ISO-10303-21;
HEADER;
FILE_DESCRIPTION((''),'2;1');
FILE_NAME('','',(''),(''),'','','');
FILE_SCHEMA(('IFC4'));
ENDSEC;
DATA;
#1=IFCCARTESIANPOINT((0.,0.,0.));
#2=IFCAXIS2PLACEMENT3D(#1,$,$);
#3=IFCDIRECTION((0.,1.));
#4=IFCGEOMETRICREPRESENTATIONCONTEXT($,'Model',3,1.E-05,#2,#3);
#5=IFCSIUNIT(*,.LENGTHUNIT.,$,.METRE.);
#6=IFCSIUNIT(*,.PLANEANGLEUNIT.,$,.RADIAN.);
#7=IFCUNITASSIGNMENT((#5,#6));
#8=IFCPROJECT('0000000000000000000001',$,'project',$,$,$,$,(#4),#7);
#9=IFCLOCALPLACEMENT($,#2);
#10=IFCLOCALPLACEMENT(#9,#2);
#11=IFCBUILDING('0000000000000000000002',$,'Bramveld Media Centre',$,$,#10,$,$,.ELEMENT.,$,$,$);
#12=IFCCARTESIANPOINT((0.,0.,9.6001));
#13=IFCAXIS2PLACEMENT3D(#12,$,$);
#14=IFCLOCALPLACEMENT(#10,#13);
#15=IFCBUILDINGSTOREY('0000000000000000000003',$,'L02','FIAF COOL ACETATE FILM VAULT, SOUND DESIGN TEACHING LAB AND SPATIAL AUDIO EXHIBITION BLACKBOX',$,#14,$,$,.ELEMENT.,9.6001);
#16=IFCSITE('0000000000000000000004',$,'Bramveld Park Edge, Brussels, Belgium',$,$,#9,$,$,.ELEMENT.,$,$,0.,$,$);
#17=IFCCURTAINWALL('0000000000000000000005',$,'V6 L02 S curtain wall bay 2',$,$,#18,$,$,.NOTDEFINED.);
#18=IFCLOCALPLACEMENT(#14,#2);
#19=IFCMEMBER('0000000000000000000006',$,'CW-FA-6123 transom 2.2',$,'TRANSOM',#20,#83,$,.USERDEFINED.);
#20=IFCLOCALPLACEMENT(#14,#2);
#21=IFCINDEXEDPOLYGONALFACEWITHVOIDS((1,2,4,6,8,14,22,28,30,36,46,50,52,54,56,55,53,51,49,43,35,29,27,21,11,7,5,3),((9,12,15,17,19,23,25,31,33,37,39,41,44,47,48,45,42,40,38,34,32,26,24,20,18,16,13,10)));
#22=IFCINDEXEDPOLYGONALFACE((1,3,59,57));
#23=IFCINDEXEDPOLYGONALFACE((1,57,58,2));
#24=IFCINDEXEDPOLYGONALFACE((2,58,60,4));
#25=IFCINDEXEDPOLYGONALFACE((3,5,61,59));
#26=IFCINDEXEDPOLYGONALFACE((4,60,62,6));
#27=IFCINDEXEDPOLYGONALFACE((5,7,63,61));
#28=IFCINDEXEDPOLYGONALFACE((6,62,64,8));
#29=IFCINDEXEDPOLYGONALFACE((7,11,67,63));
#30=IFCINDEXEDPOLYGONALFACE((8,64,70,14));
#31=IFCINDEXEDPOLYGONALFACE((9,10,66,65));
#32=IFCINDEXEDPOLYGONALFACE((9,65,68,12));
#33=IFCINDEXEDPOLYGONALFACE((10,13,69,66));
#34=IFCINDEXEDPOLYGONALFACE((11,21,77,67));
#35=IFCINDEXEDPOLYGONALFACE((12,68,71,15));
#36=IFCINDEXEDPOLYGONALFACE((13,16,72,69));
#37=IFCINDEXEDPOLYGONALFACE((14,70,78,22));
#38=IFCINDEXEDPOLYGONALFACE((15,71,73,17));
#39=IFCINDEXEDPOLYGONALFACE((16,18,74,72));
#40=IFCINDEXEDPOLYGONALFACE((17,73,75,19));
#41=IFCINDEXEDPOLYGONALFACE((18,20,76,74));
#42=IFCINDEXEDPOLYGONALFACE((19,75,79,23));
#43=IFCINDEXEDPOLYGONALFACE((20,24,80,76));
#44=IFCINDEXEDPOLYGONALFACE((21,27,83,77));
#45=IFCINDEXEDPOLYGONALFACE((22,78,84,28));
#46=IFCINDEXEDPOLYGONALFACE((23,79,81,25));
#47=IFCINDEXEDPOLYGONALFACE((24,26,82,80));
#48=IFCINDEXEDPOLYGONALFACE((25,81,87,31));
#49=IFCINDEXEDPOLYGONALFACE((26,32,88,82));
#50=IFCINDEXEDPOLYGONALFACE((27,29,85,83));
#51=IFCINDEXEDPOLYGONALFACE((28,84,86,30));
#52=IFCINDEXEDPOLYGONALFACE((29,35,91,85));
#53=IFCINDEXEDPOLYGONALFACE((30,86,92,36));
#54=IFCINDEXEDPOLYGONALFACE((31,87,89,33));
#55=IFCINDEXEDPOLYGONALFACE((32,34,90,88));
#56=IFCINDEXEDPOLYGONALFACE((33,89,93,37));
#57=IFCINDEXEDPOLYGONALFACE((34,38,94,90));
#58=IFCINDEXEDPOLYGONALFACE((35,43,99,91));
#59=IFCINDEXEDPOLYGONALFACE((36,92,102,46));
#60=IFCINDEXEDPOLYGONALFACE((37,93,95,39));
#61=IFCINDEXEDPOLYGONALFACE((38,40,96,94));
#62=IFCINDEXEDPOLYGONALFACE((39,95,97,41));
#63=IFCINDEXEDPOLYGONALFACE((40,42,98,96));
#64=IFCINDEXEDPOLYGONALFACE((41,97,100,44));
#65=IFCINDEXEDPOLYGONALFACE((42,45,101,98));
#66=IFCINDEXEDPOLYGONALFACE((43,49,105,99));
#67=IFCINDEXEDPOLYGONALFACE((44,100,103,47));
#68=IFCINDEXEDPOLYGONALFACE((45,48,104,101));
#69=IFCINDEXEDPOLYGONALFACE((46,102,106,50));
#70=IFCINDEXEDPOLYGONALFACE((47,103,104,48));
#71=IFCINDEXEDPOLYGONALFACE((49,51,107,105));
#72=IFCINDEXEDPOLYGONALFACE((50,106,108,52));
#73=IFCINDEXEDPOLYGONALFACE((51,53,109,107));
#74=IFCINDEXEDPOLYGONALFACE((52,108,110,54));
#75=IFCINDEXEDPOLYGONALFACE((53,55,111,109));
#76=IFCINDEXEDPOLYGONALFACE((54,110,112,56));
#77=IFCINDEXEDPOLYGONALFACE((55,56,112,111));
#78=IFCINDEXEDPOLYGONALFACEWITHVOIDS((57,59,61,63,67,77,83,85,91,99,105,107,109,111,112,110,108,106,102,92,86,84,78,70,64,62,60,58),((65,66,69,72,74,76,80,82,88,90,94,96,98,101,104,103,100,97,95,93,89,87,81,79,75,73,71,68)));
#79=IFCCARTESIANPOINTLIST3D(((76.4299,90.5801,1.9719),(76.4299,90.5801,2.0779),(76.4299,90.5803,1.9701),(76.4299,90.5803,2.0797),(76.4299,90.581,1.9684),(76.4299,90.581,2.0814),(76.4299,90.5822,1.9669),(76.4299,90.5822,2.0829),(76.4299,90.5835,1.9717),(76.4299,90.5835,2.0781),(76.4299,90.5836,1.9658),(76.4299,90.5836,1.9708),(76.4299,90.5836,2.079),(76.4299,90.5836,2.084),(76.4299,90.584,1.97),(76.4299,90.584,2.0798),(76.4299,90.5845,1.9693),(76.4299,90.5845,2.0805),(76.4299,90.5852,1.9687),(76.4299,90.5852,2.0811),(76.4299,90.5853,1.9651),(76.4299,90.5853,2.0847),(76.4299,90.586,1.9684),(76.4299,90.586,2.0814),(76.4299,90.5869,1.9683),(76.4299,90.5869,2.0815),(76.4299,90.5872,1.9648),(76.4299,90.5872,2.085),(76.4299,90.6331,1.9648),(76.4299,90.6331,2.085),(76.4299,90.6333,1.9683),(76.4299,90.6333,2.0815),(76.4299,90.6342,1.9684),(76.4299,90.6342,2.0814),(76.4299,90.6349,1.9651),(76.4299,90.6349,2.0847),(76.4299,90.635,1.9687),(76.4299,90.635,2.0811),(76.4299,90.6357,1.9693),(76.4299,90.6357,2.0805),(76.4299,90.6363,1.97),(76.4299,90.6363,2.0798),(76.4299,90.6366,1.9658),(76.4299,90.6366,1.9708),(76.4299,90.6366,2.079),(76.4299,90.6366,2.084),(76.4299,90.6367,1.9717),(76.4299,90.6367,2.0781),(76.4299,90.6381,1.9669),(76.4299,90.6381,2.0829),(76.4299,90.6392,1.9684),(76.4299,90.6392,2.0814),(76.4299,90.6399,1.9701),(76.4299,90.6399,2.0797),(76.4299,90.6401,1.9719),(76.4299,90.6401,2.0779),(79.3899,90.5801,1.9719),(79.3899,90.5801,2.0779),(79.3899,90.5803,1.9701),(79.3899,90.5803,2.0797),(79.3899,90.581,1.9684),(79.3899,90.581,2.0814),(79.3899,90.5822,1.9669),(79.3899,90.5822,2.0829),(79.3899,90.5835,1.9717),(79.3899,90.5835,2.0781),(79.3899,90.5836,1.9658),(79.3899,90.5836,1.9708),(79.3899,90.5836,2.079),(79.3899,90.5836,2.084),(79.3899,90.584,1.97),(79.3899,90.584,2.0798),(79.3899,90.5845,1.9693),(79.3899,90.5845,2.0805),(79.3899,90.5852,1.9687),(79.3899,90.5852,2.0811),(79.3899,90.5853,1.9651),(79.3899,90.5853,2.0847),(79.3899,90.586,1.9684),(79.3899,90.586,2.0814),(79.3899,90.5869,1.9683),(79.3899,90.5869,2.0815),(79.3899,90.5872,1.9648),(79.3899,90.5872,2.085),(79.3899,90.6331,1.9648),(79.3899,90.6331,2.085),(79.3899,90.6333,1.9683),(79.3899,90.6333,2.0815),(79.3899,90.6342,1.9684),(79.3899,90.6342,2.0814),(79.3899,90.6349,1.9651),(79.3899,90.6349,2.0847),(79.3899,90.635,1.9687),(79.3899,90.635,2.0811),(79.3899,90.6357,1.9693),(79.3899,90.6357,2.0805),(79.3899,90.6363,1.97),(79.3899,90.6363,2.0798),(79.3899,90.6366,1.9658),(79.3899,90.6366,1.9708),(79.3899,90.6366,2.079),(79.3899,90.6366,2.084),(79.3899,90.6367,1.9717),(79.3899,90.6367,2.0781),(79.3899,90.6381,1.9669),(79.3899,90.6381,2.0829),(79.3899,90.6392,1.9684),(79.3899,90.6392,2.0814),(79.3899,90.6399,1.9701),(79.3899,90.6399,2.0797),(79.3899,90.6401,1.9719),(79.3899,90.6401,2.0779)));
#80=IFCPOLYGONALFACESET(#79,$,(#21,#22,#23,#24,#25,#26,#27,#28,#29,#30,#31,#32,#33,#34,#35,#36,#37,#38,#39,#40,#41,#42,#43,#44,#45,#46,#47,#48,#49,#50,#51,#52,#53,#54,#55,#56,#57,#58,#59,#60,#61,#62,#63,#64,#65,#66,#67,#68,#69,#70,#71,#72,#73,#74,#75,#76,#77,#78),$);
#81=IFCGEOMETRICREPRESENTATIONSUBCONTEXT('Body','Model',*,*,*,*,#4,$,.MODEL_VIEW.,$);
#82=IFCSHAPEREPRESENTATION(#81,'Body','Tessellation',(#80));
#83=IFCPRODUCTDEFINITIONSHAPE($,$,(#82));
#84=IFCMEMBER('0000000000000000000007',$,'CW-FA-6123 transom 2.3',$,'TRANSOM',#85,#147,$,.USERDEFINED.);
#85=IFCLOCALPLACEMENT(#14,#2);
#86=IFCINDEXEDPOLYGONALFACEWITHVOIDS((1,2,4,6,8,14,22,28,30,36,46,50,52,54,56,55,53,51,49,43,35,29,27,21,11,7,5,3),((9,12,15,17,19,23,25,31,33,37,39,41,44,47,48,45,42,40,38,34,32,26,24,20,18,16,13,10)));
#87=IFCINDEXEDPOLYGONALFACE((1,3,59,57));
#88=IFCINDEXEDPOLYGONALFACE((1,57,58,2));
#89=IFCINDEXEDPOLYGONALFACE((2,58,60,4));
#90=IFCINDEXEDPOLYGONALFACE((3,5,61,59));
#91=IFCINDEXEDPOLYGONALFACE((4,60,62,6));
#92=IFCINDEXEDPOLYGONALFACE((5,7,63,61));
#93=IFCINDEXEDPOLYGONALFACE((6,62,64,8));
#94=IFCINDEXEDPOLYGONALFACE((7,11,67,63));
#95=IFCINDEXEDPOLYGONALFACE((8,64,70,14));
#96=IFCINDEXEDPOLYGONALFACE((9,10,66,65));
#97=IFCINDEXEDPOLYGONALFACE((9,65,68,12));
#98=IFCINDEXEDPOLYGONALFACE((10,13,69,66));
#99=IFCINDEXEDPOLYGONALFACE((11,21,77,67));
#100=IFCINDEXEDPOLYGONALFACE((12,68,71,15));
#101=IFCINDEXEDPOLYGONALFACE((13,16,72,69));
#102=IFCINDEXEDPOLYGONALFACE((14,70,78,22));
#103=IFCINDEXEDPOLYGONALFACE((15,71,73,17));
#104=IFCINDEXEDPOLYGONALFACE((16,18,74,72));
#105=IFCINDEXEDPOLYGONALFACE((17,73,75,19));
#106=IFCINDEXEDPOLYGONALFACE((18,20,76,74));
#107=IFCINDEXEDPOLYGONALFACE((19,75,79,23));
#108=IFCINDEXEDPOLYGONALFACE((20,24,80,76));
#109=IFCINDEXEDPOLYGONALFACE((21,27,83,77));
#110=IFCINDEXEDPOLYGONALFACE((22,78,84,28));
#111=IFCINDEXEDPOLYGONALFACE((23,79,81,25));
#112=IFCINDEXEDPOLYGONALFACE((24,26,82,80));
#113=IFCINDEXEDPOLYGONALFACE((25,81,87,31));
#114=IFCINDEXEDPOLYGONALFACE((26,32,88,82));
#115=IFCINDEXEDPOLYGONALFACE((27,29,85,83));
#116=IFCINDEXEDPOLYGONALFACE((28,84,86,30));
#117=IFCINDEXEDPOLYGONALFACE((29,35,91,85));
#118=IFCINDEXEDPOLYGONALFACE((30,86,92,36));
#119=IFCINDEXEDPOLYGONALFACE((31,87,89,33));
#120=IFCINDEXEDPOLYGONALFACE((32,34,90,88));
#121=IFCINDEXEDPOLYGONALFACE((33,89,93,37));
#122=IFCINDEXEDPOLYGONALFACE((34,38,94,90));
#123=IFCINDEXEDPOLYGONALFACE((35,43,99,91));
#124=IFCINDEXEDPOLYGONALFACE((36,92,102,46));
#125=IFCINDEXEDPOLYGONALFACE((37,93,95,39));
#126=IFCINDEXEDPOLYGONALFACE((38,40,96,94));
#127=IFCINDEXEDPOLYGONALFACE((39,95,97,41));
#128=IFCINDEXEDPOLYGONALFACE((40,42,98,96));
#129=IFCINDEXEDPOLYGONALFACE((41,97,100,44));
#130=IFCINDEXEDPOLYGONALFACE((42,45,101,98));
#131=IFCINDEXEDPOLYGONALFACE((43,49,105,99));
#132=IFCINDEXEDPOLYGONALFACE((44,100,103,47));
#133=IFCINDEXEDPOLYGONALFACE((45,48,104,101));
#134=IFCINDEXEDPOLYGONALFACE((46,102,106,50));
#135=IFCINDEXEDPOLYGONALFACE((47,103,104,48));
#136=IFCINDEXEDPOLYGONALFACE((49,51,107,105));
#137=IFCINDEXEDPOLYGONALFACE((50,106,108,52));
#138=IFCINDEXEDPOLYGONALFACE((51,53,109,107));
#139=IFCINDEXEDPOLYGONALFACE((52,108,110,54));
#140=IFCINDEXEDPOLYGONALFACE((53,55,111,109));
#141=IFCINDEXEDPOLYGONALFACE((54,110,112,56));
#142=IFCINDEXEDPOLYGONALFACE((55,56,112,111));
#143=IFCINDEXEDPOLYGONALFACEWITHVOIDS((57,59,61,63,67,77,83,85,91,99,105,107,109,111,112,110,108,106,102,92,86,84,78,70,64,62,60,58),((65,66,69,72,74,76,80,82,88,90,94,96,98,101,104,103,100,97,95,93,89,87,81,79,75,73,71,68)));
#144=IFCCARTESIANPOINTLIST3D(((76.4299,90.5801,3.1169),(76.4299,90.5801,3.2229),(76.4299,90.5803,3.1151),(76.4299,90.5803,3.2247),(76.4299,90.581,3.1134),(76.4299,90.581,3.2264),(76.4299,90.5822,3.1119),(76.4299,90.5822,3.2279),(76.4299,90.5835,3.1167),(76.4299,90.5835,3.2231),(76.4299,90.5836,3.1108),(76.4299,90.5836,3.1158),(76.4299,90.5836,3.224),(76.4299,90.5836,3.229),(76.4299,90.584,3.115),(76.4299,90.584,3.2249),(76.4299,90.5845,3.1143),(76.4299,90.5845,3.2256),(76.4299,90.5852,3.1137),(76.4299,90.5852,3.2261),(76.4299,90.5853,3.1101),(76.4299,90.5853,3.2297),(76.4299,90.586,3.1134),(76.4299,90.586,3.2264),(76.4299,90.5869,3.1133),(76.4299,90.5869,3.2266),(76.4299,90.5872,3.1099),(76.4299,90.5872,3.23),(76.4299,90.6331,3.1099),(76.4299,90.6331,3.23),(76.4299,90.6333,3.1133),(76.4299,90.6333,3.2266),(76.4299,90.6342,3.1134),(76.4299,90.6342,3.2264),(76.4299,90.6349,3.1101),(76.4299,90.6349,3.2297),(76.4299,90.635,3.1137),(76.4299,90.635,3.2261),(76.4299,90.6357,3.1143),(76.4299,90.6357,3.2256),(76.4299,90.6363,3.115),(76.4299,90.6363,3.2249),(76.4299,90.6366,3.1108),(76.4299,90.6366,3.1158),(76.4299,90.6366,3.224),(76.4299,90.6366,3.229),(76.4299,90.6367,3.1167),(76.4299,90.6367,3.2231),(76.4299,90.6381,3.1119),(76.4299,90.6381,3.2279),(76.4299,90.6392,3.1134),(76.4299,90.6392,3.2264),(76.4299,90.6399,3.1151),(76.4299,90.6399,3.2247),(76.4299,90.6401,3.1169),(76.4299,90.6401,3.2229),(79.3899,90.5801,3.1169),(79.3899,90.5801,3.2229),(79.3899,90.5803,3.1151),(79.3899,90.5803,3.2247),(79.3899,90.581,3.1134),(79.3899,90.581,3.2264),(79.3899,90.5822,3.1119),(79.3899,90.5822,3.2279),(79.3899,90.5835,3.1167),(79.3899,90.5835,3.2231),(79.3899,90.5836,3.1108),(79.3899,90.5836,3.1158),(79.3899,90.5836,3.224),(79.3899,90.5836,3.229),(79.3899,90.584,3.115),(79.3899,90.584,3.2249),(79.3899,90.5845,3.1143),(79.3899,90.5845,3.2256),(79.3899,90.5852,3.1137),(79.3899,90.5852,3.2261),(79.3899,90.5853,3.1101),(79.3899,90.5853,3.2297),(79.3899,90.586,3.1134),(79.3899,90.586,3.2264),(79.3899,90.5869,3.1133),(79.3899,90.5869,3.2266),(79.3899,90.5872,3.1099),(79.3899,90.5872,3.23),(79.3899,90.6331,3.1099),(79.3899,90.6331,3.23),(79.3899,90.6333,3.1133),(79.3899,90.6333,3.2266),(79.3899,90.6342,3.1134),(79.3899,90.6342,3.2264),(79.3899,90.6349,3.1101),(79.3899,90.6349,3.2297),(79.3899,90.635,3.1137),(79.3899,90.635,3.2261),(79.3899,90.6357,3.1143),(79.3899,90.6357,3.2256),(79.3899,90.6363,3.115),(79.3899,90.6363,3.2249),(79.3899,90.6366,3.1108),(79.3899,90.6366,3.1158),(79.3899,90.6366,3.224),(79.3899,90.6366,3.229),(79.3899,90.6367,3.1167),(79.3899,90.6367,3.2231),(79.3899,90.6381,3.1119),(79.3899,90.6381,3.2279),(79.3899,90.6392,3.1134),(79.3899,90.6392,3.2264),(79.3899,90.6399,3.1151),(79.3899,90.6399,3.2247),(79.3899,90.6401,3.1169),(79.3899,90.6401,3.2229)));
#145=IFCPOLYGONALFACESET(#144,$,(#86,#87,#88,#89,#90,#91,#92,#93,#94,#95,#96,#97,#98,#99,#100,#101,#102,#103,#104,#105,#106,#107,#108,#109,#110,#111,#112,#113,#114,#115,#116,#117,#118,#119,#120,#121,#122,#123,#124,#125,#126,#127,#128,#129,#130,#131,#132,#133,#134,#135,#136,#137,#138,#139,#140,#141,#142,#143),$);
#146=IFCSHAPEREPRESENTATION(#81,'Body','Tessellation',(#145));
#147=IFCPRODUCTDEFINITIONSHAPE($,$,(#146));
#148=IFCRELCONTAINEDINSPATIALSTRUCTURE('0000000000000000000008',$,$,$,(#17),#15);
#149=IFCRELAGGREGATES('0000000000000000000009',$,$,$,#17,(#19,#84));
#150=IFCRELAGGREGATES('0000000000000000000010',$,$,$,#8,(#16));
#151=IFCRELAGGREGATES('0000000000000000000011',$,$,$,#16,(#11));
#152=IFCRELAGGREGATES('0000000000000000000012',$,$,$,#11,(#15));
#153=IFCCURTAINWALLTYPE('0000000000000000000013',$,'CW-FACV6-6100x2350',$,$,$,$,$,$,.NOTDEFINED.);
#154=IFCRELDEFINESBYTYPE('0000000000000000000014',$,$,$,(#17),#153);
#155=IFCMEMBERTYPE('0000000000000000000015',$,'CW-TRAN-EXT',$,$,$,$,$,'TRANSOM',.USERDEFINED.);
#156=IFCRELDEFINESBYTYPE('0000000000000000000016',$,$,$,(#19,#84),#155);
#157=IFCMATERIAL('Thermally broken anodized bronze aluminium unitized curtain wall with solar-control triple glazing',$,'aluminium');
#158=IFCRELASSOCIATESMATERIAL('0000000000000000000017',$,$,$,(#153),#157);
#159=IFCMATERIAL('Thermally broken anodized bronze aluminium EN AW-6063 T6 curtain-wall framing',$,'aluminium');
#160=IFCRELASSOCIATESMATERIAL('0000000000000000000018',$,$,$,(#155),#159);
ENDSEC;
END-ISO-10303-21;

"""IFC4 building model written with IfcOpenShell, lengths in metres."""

from ifc_helpers import new_model, si_unit, direction, frame, origin, origin_2d, place, context, subcontext, project, spatial, hollow_rectangle, extrude, material, material_profile, profile_set, type_object, element, aggregate, save


model = new_model("IFC4")

# Units and contexts
model_context = context("Model", 3, precision=1e-05, world=origin(), true_north=direction((0.0, 1.0)))
body_context = subcontext(model_context, "Body", "Model", "MODEL_VIEW")
ifc_project = project(units=[si_unit("LENGTHUNIT", "METRE"), si_unit("PLANEANGLEUNIT", "RADIAN")], contexts=[model_context])

# Site, building, storey
site_placement = place(None, origin())
site = spatial("IfcSite", under=ifc_project, at=site_placement, Name="Bramveld Park Edge, Brussels, Belgium", CompositionType="ELEMENT", RefElevation=0.0)
building_placement = place(site_placement, origin())
building = spatial("IfcBuilding", under=site, at=building_placement, Name="Bramveld Media Centre", CompositionType="ELEMENT")
storey_placement = place(building_placement, frame((0.0, 0.0, 9.6001)))
storey = spatial("IfcBuildingStorey", under=building, at=storey_placement, Name="L02", Description="FIAF COOL ACETATE FILM VAULT, SOUND DESIGN TEACHING LAB AND SPATIAL AUDIO EXHIBITION BLACKBOX", CompositionType="ELEMENT", Elevation=9.6001)

# Curtain wall
ifc_material_1 = material(Name="Thermally broken anodized bronze aluminium unitized curtain wall with solar-control triple glazing", Category="aluminium")
curtain_wall_type_1 = type_object("IfcCurtainWallType", Name="CW-FACV6-6100x2350", PredefinedType="NOTDEFINED", material=ifc_material_1)
curtain_wall_1_placement = place(storey_placement, origin())
curtain_wall_1 = element("IfcCurtainWall", 1, at=curtain_wall_1_placement, inside=storey, type_object=curtain_wall_type_1, Name="V6 L02 S curtain wall bay 2", PredefinedType="NOTDEFINED")

# Members
ifc_material_2 = material(Name="Thermally broken anodized bronze aluminium EN AW-6063 T6 curtain-wall framing", Category="aluminium")
ifc_material_profile_1 = material_profile(ifc_material_2, hollow_rectangle(XDim=0.0601, YDim=0.1201, WallThickness=0.0034, InnerFilletRadius=0.0034, OuterFilletRadius=0.0071, at=origin_2d()), Name="AL-TRAN 60x120")
ifc_profile_set_1 = profile_set([ifc_material_profile_1], Name="Thermally broken anodized bronze aluminium EN AW-6063 T6 curtain-wall framing")
member_type_1 = type_object("IfcMemberType", Name="CW-TRAN-EXT", ElementType="TRANSOM", PredefinedType="USERDEFINED", material=ifc_profile_set_1)
member_1_placement = place(storey_placement, frame((76.4299, 90.6101, 2.0249), z_axis=(1.0, 0.0, 0.0), x_axis=(0.0, 1.0, 0.0)))
member_1 = element("IfcMember", 2, at=member_1_placement, type_object=member_type_1, Name="CW-FA-6123 transom 2.2", ObjectType="TRANSOM", PredefinedType="USERDEFINED", context=body_context, shape_type="SweptSolid", body=[
    extrude(hollow_rectangle(XDim=0.0601, YDim=0.1201, WallThickness=0.0034, InnerFilletRadius=0.0034, OuterFilletRadius=0.0071, at=origin_2d()), origin(), (0.0, 0.0, 1.0), 2.96),
])
member_2_placement = place(storey_placement, frame((76.4299, 90.6101, 3.1699), z_axis=(1.0, 0.0, 0.0), x_axis=(0.0, 1.0, 0.0)))
member_2 = element("IfcMember", 3, at=member_2_placement, type_object=member_type_1, Name="CW-FA-6123 transom 2.3", ObjectType="TRANSOM", PredefinedType="USERDEFINED", context=body_context, shape_type="SweptSolid", body=[
    extrude(hollow_rectangle(XDim=0.0601, YDim=0.1201, WallThickness=0.0034, InnerFilletRadius=0.0034, OuterFilletRadius=0.0071, at=origin_2d()), origin(), (0.0, 0.0, 1.0), 2.96),
])

aggregate(curtain_wall_1, [member_1, member_2])

save(model, "model.ifc")
